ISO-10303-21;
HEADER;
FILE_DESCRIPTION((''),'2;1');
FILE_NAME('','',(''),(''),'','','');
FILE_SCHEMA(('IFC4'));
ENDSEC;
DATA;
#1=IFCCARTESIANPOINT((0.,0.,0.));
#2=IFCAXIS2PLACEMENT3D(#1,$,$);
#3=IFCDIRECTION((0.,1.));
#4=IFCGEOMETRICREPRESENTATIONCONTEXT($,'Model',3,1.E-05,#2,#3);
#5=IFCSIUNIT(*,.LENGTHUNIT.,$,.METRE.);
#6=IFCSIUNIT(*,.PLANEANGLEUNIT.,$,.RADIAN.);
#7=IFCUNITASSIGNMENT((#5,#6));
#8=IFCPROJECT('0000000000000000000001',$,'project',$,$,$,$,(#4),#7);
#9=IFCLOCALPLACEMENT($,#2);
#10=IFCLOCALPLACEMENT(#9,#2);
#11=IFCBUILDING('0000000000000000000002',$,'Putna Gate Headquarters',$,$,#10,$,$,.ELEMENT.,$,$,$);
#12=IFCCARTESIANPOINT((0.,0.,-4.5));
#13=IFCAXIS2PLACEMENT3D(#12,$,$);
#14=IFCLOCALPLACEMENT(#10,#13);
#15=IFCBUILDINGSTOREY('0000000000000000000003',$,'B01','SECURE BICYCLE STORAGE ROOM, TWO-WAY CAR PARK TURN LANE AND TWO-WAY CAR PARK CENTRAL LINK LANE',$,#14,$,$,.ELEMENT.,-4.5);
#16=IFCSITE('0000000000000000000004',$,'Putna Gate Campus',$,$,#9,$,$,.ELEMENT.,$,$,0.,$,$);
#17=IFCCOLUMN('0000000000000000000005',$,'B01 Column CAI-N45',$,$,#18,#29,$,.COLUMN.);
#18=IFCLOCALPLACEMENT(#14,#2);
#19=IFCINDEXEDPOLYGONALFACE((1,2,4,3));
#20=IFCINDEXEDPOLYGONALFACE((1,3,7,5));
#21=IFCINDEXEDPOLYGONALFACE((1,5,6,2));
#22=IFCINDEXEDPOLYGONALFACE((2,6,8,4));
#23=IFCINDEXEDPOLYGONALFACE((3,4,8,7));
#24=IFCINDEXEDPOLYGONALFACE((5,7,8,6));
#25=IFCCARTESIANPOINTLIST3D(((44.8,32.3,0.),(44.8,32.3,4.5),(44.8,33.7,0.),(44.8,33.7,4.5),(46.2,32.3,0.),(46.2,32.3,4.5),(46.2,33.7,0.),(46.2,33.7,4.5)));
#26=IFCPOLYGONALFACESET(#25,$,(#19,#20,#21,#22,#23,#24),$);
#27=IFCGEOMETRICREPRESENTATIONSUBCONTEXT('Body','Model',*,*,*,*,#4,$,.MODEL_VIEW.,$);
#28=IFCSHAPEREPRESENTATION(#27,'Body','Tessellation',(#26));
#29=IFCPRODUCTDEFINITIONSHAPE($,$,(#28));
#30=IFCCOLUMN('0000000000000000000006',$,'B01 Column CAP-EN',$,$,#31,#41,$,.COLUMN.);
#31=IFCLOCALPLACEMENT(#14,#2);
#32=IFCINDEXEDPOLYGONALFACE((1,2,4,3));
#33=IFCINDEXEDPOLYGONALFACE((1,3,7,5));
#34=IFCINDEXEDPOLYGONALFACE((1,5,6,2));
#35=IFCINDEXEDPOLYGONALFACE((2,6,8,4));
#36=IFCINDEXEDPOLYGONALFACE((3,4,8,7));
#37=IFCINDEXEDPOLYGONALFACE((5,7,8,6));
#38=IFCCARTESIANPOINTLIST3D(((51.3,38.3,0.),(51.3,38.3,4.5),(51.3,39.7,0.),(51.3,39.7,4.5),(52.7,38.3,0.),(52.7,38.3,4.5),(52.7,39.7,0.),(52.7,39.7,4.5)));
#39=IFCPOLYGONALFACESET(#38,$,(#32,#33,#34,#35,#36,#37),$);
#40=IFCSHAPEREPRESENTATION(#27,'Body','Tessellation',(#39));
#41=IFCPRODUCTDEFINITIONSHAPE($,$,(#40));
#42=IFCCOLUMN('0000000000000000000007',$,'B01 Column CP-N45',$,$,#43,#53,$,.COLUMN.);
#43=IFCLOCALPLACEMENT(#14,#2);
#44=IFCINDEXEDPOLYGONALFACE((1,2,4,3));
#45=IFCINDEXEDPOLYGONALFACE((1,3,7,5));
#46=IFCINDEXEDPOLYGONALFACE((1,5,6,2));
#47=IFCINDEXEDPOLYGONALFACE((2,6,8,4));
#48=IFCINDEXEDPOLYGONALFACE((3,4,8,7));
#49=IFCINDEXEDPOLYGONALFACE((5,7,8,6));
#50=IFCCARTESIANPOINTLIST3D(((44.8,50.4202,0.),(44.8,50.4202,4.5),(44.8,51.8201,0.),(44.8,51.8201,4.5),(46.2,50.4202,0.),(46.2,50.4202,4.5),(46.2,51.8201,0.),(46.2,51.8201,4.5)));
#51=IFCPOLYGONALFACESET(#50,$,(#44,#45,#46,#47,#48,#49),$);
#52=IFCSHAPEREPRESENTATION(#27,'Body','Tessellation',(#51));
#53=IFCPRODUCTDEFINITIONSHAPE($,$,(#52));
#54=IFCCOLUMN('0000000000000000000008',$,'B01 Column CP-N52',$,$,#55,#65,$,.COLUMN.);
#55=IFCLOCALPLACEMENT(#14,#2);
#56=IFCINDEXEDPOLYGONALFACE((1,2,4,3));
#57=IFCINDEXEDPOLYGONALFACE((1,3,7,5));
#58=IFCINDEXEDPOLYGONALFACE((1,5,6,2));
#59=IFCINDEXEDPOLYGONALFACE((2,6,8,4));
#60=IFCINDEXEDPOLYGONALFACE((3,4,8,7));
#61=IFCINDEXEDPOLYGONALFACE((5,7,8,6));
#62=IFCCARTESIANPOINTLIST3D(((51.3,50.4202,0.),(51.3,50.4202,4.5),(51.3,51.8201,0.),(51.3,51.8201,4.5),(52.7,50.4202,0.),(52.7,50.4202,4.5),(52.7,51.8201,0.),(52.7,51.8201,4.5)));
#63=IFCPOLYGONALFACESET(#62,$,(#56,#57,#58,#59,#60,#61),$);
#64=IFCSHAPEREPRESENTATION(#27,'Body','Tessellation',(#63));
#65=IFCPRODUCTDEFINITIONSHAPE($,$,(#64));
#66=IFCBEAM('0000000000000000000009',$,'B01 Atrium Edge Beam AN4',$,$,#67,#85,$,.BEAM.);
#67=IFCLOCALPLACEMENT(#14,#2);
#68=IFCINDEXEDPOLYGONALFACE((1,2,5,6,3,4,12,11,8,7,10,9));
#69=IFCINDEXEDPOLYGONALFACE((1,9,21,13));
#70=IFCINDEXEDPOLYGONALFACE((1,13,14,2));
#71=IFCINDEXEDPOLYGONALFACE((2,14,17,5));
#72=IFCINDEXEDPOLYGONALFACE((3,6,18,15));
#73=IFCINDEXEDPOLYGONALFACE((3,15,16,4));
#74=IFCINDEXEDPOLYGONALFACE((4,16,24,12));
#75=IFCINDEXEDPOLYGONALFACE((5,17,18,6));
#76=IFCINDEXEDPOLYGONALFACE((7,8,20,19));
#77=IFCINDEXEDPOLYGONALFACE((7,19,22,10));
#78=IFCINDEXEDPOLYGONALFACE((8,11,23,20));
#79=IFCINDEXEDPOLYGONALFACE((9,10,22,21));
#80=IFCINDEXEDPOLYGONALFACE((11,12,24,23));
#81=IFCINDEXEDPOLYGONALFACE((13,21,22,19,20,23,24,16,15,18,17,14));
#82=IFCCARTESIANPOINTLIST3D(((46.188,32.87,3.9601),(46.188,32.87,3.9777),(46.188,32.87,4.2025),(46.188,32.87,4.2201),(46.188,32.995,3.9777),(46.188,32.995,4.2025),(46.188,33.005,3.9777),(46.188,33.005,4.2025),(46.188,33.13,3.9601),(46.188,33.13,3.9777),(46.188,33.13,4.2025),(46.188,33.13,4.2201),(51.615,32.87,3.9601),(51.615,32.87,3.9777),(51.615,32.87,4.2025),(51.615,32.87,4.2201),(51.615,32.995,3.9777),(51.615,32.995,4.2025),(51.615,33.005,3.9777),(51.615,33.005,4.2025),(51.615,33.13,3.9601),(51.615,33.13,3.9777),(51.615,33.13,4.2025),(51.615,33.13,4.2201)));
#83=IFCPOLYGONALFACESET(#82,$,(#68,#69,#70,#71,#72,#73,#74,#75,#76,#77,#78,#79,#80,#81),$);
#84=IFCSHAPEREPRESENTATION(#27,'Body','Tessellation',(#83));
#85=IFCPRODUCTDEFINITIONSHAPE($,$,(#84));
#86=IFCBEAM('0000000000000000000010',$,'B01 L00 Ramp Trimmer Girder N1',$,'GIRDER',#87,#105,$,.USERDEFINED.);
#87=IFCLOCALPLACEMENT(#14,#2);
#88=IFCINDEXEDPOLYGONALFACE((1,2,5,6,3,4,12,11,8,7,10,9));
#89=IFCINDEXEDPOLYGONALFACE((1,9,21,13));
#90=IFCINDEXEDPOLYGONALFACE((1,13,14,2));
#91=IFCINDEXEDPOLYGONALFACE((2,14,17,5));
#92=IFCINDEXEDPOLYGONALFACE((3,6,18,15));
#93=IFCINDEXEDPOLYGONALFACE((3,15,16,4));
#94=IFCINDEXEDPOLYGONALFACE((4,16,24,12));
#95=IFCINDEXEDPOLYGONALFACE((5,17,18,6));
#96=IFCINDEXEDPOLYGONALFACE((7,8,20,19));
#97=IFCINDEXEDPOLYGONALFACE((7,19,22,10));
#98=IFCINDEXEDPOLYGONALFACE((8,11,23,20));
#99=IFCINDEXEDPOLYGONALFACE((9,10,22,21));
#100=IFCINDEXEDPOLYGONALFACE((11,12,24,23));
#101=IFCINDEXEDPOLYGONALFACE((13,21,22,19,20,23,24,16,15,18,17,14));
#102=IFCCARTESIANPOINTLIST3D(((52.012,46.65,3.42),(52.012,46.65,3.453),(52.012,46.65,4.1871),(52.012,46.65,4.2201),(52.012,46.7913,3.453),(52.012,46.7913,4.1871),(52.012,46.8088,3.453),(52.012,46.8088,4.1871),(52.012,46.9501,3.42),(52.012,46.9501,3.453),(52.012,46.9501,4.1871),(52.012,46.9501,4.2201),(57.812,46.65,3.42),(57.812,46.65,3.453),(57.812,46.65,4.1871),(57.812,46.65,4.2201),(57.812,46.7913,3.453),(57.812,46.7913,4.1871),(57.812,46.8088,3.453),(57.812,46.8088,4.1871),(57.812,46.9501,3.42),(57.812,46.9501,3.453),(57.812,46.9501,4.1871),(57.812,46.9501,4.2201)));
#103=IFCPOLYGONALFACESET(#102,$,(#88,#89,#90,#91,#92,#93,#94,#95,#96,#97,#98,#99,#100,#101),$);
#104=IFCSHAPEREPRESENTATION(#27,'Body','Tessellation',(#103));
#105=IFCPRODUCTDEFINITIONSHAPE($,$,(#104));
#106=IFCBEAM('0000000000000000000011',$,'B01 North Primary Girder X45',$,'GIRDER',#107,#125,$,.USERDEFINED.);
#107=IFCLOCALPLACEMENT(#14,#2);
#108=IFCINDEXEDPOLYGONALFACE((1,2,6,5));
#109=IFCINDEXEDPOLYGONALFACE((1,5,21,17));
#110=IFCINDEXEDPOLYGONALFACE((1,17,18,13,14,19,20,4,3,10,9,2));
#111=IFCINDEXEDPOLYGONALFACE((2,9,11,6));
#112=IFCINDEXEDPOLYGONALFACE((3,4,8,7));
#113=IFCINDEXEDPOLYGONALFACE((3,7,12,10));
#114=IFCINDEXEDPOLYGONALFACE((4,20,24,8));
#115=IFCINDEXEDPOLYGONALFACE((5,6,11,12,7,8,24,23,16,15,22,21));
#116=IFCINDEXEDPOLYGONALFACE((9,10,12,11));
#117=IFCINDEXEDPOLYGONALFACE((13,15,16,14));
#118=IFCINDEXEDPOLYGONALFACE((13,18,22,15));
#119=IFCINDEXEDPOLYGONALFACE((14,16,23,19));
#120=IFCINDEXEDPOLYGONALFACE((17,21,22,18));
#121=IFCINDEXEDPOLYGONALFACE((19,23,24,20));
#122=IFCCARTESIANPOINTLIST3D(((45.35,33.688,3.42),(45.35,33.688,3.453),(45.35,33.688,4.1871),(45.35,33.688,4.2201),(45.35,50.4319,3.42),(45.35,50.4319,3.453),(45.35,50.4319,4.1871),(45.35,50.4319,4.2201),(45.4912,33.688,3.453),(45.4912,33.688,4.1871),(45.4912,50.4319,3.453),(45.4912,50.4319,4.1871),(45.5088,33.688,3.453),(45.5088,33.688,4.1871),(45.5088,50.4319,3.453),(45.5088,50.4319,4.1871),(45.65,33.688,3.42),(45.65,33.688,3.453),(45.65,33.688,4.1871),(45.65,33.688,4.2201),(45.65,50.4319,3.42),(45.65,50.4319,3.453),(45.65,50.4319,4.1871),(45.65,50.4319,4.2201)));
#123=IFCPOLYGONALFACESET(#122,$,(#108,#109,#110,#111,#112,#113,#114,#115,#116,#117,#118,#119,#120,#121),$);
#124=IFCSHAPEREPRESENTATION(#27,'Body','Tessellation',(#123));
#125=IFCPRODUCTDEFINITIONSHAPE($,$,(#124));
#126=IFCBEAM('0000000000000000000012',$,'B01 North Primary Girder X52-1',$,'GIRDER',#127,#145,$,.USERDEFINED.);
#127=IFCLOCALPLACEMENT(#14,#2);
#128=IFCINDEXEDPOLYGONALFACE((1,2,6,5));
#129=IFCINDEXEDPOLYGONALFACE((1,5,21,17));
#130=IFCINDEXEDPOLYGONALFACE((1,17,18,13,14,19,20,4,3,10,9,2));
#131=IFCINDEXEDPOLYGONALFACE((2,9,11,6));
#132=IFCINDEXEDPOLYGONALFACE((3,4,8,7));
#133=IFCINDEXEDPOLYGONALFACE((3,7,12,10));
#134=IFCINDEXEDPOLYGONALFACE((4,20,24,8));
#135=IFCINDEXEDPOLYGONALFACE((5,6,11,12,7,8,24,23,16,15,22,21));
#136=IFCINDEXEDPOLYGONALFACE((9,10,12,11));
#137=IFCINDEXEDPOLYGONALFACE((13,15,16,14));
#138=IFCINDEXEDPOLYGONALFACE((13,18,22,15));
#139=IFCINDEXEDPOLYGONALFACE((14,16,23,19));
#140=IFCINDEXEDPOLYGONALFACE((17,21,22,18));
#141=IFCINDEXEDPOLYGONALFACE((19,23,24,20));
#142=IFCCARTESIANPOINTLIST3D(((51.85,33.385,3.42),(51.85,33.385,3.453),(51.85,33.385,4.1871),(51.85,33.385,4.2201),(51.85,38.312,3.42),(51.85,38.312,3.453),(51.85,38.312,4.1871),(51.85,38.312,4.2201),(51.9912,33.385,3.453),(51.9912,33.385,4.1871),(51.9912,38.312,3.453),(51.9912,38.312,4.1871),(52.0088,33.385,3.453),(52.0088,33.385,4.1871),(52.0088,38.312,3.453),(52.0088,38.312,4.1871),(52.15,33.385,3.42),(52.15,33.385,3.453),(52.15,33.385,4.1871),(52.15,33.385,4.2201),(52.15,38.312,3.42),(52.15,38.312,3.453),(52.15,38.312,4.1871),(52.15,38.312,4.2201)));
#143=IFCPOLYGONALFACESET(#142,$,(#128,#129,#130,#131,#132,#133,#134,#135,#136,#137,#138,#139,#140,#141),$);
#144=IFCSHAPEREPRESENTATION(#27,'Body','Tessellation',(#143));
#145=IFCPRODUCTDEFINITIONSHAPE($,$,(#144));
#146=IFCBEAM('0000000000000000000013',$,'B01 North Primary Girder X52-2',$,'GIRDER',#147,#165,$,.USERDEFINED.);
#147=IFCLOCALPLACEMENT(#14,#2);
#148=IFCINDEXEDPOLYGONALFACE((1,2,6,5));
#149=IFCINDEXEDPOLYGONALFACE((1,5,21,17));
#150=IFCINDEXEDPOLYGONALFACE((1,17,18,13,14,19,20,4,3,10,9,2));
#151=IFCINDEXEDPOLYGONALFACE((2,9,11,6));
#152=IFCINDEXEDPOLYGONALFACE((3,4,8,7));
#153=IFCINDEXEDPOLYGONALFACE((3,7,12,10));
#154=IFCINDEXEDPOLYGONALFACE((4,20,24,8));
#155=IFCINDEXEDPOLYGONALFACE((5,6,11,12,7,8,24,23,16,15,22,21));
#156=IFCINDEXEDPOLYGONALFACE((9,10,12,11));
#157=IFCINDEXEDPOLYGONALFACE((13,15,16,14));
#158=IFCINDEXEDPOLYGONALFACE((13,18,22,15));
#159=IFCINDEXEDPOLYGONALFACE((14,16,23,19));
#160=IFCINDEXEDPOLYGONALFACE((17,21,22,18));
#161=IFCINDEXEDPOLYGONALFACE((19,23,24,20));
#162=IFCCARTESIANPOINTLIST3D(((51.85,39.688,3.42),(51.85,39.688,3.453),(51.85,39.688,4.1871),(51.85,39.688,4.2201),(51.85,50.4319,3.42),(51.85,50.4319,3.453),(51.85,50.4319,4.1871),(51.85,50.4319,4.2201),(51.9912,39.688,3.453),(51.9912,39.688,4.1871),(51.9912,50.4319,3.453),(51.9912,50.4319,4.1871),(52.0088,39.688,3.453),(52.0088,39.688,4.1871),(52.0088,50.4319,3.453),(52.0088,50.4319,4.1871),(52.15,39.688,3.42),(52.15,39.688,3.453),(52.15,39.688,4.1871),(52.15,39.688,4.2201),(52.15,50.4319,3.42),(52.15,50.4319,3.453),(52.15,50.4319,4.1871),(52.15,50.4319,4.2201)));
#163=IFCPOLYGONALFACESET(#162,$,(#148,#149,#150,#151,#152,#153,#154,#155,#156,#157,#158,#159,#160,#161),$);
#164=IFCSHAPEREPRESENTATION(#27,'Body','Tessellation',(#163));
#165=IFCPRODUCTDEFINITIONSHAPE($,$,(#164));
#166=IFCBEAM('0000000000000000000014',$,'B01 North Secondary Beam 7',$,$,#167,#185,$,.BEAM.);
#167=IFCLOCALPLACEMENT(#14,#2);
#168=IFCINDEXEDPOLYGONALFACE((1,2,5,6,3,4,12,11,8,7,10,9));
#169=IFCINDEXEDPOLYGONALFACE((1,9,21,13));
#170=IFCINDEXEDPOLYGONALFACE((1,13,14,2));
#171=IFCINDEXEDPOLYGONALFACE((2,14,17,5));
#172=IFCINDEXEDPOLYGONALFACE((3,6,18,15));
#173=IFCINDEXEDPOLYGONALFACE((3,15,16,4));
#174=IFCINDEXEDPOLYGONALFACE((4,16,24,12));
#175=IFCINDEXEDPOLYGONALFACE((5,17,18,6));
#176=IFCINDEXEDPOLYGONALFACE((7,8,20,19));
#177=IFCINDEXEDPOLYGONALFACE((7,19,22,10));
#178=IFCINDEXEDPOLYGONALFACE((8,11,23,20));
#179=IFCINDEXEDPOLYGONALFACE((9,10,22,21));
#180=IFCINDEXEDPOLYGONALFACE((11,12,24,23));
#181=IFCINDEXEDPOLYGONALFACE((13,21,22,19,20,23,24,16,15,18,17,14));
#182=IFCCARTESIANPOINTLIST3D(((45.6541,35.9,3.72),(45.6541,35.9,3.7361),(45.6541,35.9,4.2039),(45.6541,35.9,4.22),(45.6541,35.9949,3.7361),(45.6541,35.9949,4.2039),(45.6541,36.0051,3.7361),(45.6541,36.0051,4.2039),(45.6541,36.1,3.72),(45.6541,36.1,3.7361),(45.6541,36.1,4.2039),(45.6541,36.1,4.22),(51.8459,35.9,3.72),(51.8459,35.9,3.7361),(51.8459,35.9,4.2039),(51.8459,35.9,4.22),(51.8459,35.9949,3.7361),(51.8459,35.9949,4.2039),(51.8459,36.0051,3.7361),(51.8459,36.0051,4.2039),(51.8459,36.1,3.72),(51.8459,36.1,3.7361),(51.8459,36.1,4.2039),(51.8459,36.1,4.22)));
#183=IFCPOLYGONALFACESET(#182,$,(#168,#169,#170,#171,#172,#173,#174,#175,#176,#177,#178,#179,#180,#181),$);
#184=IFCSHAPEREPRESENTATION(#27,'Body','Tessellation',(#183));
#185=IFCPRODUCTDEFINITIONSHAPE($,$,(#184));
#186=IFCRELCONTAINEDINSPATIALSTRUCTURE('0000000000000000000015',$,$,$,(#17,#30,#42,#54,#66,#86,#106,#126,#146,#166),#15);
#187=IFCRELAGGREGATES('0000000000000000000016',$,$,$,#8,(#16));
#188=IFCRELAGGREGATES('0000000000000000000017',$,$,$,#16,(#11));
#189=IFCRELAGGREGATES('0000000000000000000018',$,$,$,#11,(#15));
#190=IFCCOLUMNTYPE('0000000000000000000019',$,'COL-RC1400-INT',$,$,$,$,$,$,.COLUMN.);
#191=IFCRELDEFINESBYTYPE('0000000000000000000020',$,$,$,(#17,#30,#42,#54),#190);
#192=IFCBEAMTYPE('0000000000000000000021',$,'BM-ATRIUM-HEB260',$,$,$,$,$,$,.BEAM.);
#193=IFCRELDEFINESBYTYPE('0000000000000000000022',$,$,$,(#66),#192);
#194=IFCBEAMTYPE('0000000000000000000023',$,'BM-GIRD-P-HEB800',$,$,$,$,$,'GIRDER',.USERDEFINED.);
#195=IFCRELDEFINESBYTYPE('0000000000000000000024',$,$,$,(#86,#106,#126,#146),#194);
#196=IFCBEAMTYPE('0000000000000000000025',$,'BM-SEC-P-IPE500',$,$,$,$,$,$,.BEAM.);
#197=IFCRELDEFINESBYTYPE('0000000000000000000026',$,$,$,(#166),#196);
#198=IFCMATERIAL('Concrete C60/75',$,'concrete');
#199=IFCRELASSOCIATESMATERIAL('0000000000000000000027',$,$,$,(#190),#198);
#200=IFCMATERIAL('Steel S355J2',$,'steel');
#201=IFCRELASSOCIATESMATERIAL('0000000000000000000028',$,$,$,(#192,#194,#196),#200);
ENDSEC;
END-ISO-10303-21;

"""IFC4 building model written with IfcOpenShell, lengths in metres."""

from ifc_helpers import new_model, si_unit, direction, frame, origin, origin_2d, place, context, subcontext, project, spatial, rectangle, i_section, extrude, material, material_profile, profile_set, type_object, element, save


model = new_model("IFC4")

# Units and contexts
model_context = context("Model", 3, precision=1e-05, world=origin(), true_north=direction((0.0, 1.0)))
body_context = subcontext(model_context, "Body", "Model", "MODEL_VIEW")
ifc_project = project(units=[si_unit("LENGTHUNIT", "METRE"), si_unit("PLANEANGLEUNIT", "RADIAN")], contexts=[model_context])

# Site, building, storey
site_placement = place(None, origin())
site = spatial("IfcSite", under=ifc_project, at=site_placement, Name="Putna Gate Campus", CompositionType="ELEMENT", RefElevation=0.0)
building_placement = place(site_placement, origin())
building = spatial("IfcBuilding", under=site, at=building_placement, Name="Putna Gate Headquarters", CompositionType="ELEMENT")
storey_placement = place(building_placement, frame((0.0, 0.0, -4.5)))
storey = spatial("IfcBuildingStorey", under=building, at=storey_placement, Name="B01", Description="SECURE BICYCLE STORAGE ROOM, TWO-WAY CAR PARK TURN LANE AND TWO-WAY CAR PARK CENTRAL LINK LANE", CompositionType="ELEMENT", Elevation=-4.5)

# Columns
ifc_material_1 = material(Name="Concrete C60/75", Category="concrete")
ifc_material_profile_1 = material_profile(ifc_material_1, rectangle(XDim=1.3999, YDim=1.3999, at=origin_2d()), Name="Concrete C60/75")
ifc_profile_set_1 = profile_set([ifc_material_profile_1], Name="Concrete C60/75")
column_type = type_object("IfcColumnType", Name="COL-RC1400-INT", PredefinedType="COLUMN", material=ifc_profile_set_1)
for number, where, z_axis, x_axis, name in (
    (1, (45.5, 33.0, 0.0), (0.0, 0.0, 1.0), (1.0, 0.0, 0.0), "B01 Column CAI-N45"),
    (2, (52.0, 39.0, 0.0), (0.0, 0.0, 1.0), (1.0, 0.0, 0.0), "B01 Column CAP-EN"),
    (3, (45.5, 51.1201, 0.0), (0.0, 0.0, 1.0), (1.0, 0.0, 0.0), "B01 Column CP-N45"),
    (4, (52.0, 51.1201, 0.0), (0.0, 0.0, 1.0), (1.0, 0.0, 0.0), "B01 Column CP-N52"),
):
    element("IfcColumn", number, at=place(storey_placement, frame(where, z_axis=z_axis, x_axis=x_axis)), inside=storey, type_object=column_type, Name=name, PredefinedType="COLUMN", context=body_context, shape_type="SweptSolid", body=[
        extrude(rectangle(XDim=1.3999, YDim=1.3999, at=origin_2d()), origin(), (0.0, 0.0, 1.0), 4.5),
    ])

# Beams
ifc_material_2 = material(Name="Steel S355J2", Category="steel")
ifc_material_profile_2 = material_profile(ifc_material_2, i_section(OverallWidth=0.26, OverallDepth=0.26, WebThickness=0.01, FlangeThickness=0.0176, at=origin_2d()), Name="Steel S355J2")
ifc_profile_set_2 = profile_set([ifc_material_profile_2], Name="Steel S355J2")
beam_type_1 = type_object("IfcBeamType", Name="BM-ATRIUM-HEB260", PredefinedType="BEAM", material=ifc_profile_set_2)
beam_1_placement = place(storey_placement, frame((46.188, 33.0, 4.0901), z_axis=(1.0, 0.0, 0.0), x_axis=(0.0, 1.0, 0.0)))
element("IfcBeam", 5, at=beam_1_placement, inside=storey, type_object=beam_type_1, Name="B01 Atrium Edge Beam AN4", PredefinedType="BEAM", context=body_context, shape_type="SweptSolid", body=[
    extrude(i_section(OverallWidth=0.26, OverallDepth=0.26, WebThickness=0.01, FlangeThickness=0.0176, at=origin_2d()), origin(), (0.0, 0.0, 1.0), 5.427),
])
ifc_material_profile_3 = material_profile(ifc_material_2, i_section(OverallWidth=0.3, OverallDepth=0.8, WebThickness=0.0176, FlangeThickness=0.033, at=origin_2d()), Name="Steel S355J2")
ifc_profile_set_3 = profile_set([ifc_material_profile_3], Name="Steel S355J2")
beam_type_2 = type_object("IfcBeamType", Name="BM-GIRD-P-HEB800", ElementType="GIRDER", PredefinedType="USERDEFINED", material=ifc_profile_set_3)
beam_2_placement = place(storey_placement, frame((52.012, 46.8, 3.8201), z_axis=(1.0, 0.0, 0.0), x_axis=(0.0, 1.0, 0.0)))
element("IfcBeam", 6, at=beam_2_placement, inside=storey, type_object=beam_type_2, Name="B01 L00 Ramp Trimmer Girder N1", ObjectType="GIRDER", PredefinedType="USERDEFINED", context=body_context, shape_type="SweptSolid", body=[
    extrude(i_section(OverallWidth=0.3, OverallDepth=0.8, WebThickness=0.0176, FlangeThickness=0.033, at=origin_2d()), origin(), (0.0, 0.0, 1.0), 5.8),
])
beam_3_placement = place(storey_placement, frame((45.5, 33.688, 3.8201), z_axis=(0.0, 1.0, 0.0), x_axis=(-1.0, 0.0, 0.0)))
element("IfcBeam", 7, at=beam_3_placement, inside=storey, type_object=beam_type_2, Name="B01 North Primary Girder X45", ObjectType="GIRDER", PredefinedType="USERDEFINED", context=body_context, shape_type="SweptSolid", body=[
    extrude(i_section(OverallWidth=0.3, OverallDepth=0.8, WebThickness=0.0176, FlangeThickness=0.033, at=origin_2d()), origin(), (0.0, 0.0, 1.0), 16.7439),
])
beam_4_placement = place(storey_placement, frame((52.0, 33.385, 3.8201), z_axis=(0.0, 1.0, 0.0), x_axis=(-1.0, 0.0, 0.0)))
element("IfcBeam", 8, at=beam_4_placement, inside=storey, type_object=beam_type_2, Name="B01 North Primary Girder X52-1", ObjectType="GIRDER", PredefinedType="USERDEFINED", context=body_context, shape_type="SweptSolid", body=[
    extrude(i_section(OverallWidth=0.3, OverallDepth=0.8, WebThickness=0.0176, FlangeThickness=0.033, at=origin_2d()), origin(), (0.0, 0.0, 1.0), 4.927),
])
beam_5_placement = place(storey_placement, frame((52.0, 39.688, 3.8201), z_axis=(0.0, 1.0, 0.0), x_axis=(-1.0, 0.0, 0.0)))
element("IfcBeam", 9, at=beam_5_placement, inside=storey, type_object=beam_type_2, Name="B01 North Primary Girder X52-2", ObjectType="GIRDER", PredefinedType="USERDEFINED", context=body_context, shape_type="SweptSolid", body=[
    extrude(i_section(OverallWidth=0.3, OverallDepth=0.8, WebThickness=0.0176, FlangeThickness=0.033, at=origin_2d()), origin(), (0.0, 0.0, 1.0), 10.7439),
])
ifc_material_profile_4 = material_profile(ifc_material_2, i_section(OverallWidth=0.2, OverallDepth=0.5, WebThickness=0.0103, FlangeThickness=0.0161, at=origin_2d()), Name="Steel S355J2")
ifc_profile_set_4 = profile_set([ifc_material_profile_4], Name="Steel S355J2")
beam_type_3 = type_object("IfcBeamType", Name="BM-SEC-P-IPE500", PredefinedType="BEAM", material=ifc_profile_set_4)
beam_6_placement = place(storey_placement, frame((45.6541, 36.0, 3.97), z_axis=(1.0, 0.0, 0.0), x_axis=(0.0, 1.0, 0.0)))
element("IfcBeam", 10, at=beam_6_placement, inside=storey, type_object=beam_type_3, Name="B01 North Secondary Beam 7", PredefinedType="BEAM", context=body_context, shape_type="SweptSolid", body=[
    extrude(i_section(OverallWidth=0.2, OverallDepth=0.5, WebThickness=0.0103, FlangeThickness=0.0161, at=origin_2d()), origin(), (0.0, 0.0, 1.0), 6.1919),
])

save(model, "model.ifc")
